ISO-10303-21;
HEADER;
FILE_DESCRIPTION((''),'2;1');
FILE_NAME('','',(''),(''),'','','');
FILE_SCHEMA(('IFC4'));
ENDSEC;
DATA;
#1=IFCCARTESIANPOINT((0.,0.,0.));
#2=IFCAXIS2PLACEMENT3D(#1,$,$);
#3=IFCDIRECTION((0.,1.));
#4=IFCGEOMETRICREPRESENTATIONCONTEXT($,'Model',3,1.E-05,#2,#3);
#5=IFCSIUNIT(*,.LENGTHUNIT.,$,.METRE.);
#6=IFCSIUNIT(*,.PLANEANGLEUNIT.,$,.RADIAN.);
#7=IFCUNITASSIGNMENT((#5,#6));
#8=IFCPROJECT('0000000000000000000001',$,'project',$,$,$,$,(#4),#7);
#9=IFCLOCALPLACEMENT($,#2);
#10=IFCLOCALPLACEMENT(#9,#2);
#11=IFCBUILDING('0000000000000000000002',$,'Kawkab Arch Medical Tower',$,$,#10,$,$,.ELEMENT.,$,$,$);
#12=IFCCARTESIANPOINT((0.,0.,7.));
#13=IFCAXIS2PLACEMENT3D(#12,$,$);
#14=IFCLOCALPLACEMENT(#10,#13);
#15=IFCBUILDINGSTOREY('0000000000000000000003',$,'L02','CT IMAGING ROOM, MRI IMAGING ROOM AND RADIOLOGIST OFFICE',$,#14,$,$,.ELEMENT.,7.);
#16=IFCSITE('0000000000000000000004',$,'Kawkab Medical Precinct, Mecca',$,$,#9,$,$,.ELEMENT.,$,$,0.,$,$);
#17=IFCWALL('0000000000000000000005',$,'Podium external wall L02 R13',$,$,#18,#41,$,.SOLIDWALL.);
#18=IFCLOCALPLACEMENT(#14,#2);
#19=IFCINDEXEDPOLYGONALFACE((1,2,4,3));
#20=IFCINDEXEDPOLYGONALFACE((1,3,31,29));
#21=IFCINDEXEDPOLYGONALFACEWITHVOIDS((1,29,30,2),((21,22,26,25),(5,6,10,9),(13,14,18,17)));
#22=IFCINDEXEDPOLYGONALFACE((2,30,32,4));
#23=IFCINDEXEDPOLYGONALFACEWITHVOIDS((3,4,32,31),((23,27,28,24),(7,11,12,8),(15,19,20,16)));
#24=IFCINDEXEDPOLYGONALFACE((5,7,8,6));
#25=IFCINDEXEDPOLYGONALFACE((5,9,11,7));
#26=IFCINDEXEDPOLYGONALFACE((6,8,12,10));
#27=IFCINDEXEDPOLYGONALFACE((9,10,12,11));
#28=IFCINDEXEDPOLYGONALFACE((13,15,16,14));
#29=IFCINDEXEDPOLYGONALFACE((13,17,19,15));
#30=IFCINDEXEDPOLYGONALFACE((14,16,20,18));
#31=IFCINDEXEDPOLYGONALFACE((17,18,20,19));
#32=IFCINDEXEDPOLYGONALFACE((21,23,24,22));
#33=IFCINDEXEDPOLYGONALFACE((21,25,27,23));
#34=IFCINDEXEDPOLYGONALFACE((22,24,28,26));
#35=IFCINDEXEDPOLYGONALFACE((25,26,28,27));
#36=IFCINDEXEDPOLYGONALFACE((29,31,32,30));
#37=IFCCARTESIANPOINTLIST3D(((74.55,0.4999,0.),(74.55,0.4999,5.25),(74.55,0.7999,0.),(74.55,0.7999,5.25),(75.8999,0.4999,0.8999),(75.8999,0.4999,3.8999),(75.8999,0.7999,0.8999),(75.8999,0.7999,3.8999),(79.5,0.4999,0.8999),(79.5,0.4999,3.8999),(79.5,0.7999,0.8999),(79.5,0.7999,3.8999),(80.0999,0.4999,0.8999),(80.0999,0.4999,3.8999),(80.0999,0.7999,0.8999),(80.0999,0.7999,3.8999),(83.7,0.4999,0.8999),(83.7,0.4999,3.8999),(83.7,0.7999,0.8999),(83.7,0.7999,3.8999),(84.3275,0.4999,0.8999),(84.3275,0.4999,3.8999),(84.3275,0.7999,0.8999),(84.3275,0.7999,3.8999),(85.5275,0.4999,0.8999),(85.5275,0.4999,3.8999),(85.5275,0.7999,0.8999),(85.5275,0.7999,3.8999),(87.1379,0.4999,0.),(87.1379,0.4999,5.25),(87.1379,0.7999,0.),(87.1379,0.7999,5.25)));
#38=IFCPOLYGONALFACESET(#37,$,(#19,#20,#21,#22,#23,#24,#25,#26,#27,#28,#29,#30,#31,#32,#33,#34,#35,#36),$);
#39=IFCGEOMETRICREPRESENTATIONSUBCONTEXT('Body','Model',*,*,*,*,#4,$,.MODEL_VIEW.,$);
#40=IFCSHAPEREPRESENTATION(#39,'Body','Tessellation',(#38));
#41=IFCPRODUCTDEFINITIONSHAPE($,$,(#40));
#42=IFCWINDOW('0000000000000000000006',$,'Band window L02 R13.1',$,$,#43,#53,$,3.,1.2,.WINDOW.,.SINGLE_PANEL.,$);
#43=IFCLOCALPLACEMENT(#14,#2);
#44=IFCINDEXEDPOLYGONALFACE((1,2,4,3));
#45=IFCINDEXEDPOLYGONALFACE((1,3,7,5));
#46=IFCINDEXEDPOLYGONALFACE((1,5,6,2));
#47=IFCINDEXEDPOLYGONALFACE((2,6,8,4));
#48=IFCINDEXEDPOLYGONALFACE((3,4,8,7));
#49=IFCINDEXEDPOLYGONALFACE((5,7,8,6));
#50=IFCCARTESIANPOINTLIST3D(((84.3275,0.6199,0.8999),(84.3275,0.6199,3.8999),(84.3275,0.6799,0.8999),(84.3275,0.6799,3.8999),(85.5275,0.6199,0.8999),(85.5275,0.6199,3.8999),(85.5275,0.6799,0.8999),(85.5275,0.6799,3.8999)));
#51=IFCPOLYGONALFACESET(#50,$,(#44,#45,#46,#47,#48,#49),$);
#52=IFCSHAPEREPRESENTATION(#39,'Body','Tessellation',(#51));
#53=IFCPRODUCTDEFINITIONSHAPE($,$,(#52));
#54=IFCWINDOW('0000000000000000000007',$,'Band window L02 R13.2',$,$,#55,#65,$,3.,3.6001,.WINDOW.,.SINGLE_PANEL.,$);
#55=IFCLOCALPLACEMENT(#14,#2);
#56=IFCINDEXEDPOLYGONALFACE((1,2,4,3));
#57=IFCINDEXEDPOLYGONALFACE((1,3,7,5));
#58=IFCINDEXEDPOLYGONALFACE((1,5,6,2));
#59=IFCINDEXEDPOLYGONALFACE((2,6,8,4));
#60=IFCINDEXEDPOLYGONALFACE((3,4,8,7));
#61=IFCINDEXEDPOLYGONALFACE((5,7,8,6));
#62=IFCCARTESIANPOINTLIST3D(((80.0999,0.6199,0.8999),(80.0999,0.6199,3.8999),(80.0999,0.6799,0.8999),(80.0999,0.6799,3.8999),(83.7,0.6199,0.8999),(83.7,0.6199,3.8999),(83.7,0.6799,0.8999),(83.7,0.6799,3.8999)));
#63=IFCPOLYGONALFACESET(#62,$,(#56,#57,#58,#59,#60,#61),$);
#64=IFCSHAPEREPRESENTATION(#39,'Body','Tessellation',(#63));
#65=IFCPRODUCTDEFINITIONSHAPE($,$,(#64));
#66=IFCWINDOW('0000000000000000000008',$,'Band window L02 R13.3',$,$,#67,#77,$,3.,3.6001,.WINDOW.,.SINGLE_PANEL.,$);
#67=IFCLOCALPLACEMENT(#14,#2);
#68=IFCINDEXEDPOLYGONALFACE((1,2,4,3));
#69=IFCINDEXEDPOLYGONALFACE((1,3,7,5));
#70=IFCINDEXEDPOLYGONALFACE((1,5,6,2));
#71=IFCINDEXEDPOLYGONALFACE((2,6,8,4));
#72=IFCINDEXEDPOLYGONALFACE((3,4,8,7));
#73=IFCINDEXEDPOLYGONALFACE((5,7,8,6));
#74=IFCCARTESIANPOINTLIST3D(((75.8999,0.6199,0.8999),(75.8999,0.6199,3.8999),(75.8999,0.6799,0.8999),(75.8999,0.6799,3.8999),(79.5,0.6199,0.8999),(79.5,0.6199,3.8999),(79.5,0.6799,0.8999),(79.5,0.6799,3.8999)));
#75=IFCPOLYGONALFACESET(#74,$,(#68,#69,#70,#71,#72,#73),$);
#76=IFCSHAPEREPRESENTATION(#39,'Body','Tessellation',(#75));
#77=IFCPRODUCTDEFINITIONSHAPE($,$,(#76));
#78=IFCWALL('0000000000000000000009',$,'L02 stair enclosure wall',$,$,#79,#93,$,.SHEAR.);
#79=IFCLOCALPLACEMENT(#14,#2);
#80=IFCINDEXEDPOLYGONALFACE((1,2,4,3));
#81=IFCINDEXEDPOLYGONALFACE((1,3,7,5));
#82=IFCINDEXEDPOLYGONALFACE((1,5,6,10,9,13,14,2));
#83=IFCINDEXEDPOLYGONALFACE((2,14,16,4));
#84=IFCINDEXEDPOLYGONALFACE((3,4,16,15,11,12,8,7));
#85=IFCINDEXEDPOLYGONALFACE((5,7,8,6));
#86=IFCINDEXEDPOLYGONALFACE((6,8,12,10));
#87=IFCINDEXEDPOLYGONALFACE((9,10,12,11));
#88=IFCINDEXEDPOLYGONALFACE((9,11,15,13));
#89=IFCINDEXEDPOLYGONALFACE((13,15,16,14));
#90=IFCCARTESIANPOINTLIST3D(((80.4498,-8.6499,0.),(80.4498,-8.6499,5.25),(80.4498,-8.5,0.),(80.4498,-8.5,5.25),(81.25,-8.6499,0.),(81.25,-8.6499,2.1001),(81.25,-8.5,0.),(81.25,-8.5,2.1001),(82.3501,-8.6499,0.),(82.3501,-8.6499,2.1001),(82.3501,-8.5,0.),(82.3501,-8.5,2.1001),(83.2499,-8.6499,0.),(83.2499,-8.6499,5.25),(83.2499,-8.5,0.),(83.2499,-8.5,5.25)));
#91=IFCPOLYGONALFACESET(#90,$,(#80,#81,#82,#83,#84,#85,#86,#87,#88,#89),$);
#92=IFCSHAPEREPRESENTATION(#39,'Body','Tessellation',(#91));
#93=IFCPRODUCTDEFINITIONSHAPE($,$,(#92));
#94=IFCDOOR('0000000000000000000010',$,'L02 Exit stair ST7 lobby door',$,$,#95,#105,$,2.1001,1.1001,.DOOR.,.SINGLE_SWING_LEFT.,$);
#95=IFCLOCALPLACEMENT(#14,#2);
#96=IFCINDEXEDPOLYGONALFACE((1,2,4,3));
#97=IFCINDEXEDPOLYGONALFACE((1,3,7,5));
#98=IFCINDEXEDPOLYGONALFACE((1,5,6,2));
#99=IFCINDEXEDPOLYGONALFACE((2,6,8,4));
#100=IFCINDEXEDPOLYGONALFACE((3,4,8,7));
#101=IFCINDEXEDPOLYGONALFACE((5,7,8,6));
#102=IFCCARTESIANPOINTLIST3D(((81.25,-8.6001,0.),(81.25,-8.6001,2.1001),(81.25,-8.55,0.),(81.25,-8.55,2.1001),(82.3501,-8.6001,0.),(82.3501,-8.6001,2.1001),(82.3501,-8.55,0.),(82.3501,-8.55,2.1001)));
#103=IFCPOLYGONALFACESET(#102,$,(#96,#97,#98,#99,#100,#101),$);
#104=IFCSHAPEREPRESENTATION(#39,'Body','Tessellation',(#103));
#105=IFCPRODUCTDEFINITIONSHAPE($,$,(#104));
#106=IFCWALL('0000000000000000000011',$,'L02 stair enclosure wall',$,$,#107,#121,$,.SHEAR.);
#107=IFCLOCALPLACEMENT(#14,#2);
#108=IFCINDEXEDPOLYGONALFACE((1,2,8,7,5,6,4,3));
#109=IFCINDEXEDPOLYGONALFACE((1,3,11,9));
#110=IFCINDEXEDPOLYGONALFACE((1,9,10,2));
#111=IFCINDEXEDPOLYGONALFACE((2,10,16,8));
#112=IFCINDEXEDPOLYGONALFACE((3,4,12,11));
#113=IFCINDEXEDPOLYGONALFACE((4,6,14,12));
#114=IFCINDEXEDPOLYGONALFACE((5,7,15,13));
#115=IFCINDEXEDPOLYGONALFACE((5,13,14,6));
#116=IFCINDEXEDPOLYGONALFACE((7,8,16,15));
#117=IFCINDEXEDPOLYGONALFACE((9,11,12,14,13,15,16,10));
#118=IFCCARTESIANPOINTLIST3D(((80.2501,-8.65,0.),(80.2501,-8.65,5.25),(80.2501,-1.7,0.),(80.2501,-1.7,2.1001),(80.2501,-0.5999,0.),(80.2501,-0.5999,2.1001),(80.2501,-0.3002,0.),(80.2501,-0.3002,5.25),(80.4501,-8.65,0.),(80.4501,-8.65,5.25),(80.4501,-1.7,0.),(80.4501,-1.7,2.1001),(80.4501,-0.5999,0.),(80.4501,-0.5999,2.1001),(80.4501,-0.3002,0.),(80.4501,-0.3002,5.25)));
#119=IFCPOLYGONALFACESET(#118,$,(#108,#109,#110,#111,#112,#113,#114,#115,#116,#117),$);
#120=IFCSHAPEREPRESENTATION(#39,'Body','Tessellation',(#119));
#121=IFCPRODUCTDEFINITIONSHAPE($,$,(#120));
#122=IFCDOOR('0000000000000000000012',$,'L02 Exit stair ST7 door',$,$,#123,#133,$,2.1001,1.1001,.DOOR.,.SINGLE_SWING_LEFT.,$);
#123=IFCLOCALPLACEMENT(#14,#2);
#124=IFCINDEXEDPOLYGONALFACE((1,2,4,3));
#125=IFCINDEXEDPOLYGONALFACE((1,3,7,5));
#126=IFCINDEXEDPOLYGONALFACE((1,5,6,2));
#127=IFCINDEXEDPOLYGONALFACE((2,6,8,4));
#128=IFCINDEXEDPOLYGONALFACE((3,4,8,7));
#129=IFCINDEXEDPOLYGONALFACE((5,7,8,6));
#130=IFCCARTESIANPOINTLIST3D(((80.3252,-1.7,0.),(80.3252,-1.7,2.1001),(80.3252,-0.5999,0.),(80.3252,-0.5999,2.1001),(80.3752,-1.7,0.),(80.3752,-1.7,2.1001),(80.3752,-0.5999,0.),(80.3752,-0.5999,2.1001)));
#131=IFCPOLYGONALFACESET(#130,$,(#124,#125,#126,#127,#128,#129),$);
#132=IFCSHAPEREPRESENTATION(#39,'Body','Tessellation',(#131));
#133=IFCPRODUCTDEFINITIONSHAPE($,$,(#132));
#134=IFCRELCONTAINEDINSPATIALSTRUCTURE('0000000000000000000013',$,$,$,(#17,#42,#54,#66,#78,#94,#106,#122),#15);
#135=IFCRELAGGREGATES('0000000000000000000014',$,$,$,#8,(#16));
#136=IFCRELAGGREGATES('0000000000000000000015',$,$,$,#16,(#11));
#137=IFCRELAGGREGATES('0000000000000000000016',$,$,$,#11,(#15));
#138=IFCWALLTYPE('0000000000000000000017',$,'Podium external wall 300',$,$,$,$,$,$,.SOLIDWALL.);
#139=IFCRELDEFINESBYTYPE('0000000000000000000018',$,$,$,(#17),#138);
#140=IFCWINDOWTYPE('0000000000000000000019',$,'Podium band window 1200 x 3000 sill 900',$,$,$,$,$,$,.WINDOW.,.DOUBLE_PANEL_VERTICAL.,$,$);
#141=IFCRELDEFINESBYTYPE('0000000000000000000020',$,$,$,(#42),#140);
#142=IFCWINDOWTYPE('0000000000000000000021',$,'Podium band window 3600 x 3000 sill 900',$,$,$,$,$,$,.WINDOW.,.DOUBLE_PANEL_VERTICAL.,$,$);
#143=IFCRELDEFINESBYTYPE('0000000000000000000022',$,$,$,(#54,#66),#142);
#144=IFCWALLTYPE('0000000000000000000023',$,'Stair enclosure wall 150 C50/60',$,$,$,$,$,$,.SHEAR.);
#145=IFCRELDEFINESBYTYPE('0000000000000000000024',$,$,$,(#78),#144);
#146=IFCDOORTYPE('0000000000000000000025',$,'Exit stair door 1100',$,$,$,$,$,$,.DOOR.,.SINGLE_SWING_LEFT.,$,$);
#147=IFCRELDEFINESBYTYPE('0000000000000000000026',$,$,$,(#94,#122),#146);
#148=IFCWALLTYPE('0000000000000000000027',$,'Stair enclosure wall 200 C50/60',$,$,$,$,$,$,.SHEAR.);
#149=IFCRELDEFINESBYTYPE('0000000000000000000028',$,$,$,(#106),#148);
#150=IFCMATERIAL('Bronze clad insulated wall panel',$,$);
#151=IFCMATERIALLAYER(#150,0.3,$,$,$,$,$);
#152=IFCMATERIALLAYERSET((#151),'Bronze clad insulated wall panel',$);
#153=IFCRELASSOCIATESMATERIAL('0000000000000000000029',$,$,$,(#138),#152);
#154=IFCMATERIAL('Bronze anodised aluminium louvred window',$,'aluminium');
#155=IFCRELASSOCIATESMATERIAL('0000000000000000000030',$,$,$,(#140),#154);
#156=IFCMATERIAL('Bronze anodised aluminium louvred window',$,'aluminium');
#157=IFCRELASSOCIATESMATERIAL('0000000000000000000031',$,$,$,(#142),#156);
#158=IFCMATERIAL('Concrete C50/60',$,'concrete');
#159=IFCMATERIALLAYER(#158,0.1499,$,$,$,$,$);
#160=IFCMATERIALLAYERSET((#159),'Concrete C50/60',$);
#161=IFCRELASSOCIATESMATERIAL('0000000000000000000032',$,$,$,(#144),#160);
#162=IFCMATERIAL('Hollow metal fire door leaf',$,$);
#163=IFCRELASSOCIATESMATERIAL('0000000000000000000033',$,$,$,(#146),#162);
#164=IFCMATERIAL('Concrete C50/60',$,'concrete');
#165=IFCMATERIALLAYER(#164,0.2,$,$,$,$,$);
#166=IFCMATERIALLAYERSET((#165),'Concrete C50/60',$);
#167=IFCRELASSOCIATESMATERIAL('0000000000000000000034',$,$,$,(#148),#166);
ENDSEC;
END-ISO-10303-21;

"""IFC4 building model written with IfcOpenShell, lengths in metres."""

from ifc_helpers import new_model, si_unit, direction, frame, frame_2d, origin, place, context, subcontext, project, spatial, rectangle, extrude, material, layer, layer_set, type_object, element, fill, save


model = new_model("IFC4")

# Units and contexts
model_context = context("Model", 3, precision=1e-05, world=origin(), true_north=direction((0.0, 1.0)))
body_context = subcontext(model_context, "Body", "Model", "MODEL_VIEW")
ifc_project = project(units=[si_unit("LENGTHUNIT", "METRE"), si_unit("PLANEANGLEUNIT", "RADIAN")], contexts=[model_context])

# Site, building, storey
site_placement = place(None, origin())
site = spatial("IfcSite", under=ifc_project, at=site_placement, Name="Kawkab Medical Precinct, Mecca", CompositionType="ELEMENT", RefElevation=0.0)
building_placement = place(site_placement, origin())
building = spatial("IfcBuilding", under=site, at=building_placement, Name="Kawkab Arch Medical Tower", CompositionType="ELEMENT")
storey_placement = place(building_placement, frame((0.0, 0.0, 7.0)))
storey = spatial("IfcBuildingStorey", under=building, at=storey_placement, Name="L02", Description="CT IMAGING ROOM, MRI IMAGING ROOM AND RADIOLOGIST OFFICE", CompositionType="ELEMENT", Elevation=7.0)

# Wall, openings, windows
ifc_material_1 = material(Name="Bronze clad insulated wall panel")
ifc_layer_1 = layer(ifc_material_1, 0.3)
ifc_layer_set_1 = layer_set([ifc_layer_1], Name="Bronze clad insulated wall panel")
wall_type_1 = type_object("IfcWallType", Name="Podium external wall 300", PredefinedType="SOLIDWALL", material=ifc_layer_set_1)
wall_1_placement = place(storey_placement, frame((87.1379, 0.6499, 0.0), z_axis=(0.0, 0.0, 1.0), x_axis=(-1.0, 0.0, 0.0)))
wall_1 = element("IfcWall", 1, at=wall_1_placement, inside=storey, type_object=wall_type_1, Name="Podium external wall L02 R13", PredefinedType="SOLIDWALL", context=body_context, shape_type="SweptSolid", body=[
    extrude(rectangle(XDim=12.5879, YDim=0.3, at=frame_2d((6.2939, 0.0))), origin(), (0.0, 0.0, 1.0), 5.25),
])
opening_1_placement = place(wall_1_placement, frame((1.6104, 0.0, 0.8999)))
opening_1 = element("IfcOpeningElement", 2, at=opening_1_placement, cuts=wall_1, PredefinedType="OPENING", context=body_context, shape_type="SweptSolid", body=[
    extrude(rectangle(XDim=1.2, YDim=3.0, at=frame_2d((0.6001, 1.5))), frame((0.0, 0.1599, 0.0), z_axis=(0.0, -1.0, 0.0), x_axis=(1.0, 0.0, 0.0)), (0.0, 0.0, 1.0), 0.3201),
])
opening_2_placement = place(wall_1_placement, frame((3.438, 0.0, 0.8999)))
opening_2 = element("IfcOpeningElement", 3, at=opening_2_placement, cuts=wall_1, PredefinedType="OPENING", context=body_context, shape_type="SweptSolid", body=[
    extrude(rectangle(XDim=3.6001, YDim=3.0, at=frame_2d((1.8, 1.5))), frame((0.0, 0.1599, 0.0), z_axis=(0.0, -1.0, 0.0), x_axis=(1.0, 0.0, 0.0)), (0.0, 0.0, 1.0), 0.3201),
])
opening_3_placement = place(wall_1_placement, frame((7.6379, 0.0, 0.8999)))
opening_3 = element("IfcOpeningElement", 4, at=opening_3_placement, cuts=wall_1, PredefinedType="OPENING", context=body_context, shape_type="SweptSolid", body=[
    extrude(rectangle(XDim=3.6001, YDim=3.0, at=frame_2d((1.8, 1.5))), frame((0.0, 0.1599, 0.0), z_axis=(0.0, -1.0, 0.0), x_axis=(1.0, 0.0, 0.0)), (0.0, 0.0, 1.0), 0.3201),
])
ifc_material_2 = material(Name="Bronze anodised aluminium louvred window", Category="aluminium")
window_type_1 = type_object("IfcWindowType", Name="Podium band window 1200 x 3000 sill 900", PartitioningType="DOUBLE_PANEL_VERTICAL", PredefinedType="WINDOW", material=ifc_material_2)
window_1_placement = place(opening_1_placement, origin())
window_1 = element("IfcWindow", 5, at=window_1_placement, inside=storey, type_object=window_type_1, Name="Band window L02 R13.1", OverallHeight=3.0, OverallWidth=1.2, PartitioningType="SINGLE_PANEL", PredefinedType="WINDOW", context=body_context, shape_type="SweptSolid", body=[
    extrude(rectangle(XDim=1.2, YDim=3.0, at=frame_2d((0.6001, 1.5))), frame((0.0, 0.03, 0.0), z_axis=(0.0, -1.0, 0.0), x_axis=(1.0, 0.0, 0.0)), (0.0, 0.0, 1.0), 0.0601),
])
fill(opening_1, window_1)
ifc_material_3 = material(Name="Bronze anodised aluminium louvred window", Category="aluminium")
window_type_2 = type_object("IfcWindowType", Name="Podium band window 3600 x 3000 sill 900", PartitioningType="DOUBLE_PANEL_VERTICAL", PredefinedType="WINDOW", material=ifc_material_3)
window_2_placement = place(opening_2_placement, origin())
window_2 = element("IfcWindow", 6, at=window_2_placement, inside=storey, type_object=window_type_2, Name="Band window L02 R13.2", OverallHeight=3.0, OverallWidth=3.6001, PartitioningType="SINGLE_PANEL", PredefinedType="WINDOW", context=body_context, shape_type="SweptSolid", body=[
    extrude(rectangle(XDim=3.6001, YDim=3.0, at=frame_2d((1.8, 1.5))), frame((0.0, 0.03, 0.0), z_axis=(0.0, -1.0, 0.0), x_axis=(1.0, 0.0, 0.0)), (0.0, 0.0, 1.0), 0.0601),
])
fill(opening_2, window_2)
window_3_placement = place(opening_3_placement, origin())
window_3 = element("IfcWindow", 7, at=window_3_placement, inside=storey, type_object=window_type_2, Name="Band window L02 R13.3", OverallHeight=3.0, OverallWidth=3.6001, PartitioningType="SINGLE_PANEL", PredefinedType="WINDOW", context=body_context, shape_type="SweptSolid", body=[
    extrude(rectangle(XDim=3.6001, YDim=3.0, at=frame_2d((1.8, 1.5))), frame((0.0, 0.03, 0.0), z_axis=(0.0, -1.0, 0.0), x_axis=(1.0, 0.0, 0.0)), (0.0, 0.0, 1.0), 0.0601),
])
fill(opening_3, window_3)

# Walls, openings, doors
ifc_material_4 = material(Name="Concrete C50/60", Category="concrete")
ifc_layer_2 = layer(ifc_material_4, 0.1499)
ifc_layer_set_2 = layer_set([ifc_layer_2], Name="Concrete C50/60")
wall_type_2 = type_object("IfcWallType", Name="Stair enclosure wall 150 C50/60", PredefinedType="SHEAR", material=ifc_layer_set_2)
wall_2_placement = place(storey_placement, frame((80.45, -8.575, 0.0), z_axis=(0.0, 0.0, 1.0), x_axis=(1.0, 0.0, 0.0)))
wall_2 = element("IfcWall", 8, at=wall_2_placement, inside=storey, type_object=wall_type_2, Name="L02 stair enclosure wall", PredefinedType="SHEAR", context=body_context, shape_type="SweptSolid", body=[
    extrude(rectangle(XDim=2.8, YDim=0.1499, at=frame_2d((1.3999, 0.0))), origin(), (0.0, 0.0, 1.0), 5.25),
])
opening_4_placement = place(wall_2_placement, frame((0.8, 0.0, 0.0)))
opening_4 = element("IfcOpeningElement", 9, at=opening_4_placement, cuts=wall_2, PredefinedType="OPENING", context=body_context, shape_type="SweptSolid", body=[
    extrude(rectangle(XDim=1.1001, YDim=2.1001, at=frame_2d((0.55, 1.05))), frame((0.0, 0.085, 0.0), z_axis=(0.0, -1.0, 0.0), x_axis=(1.0, 0.0, 0.0)), (0.0, 0.0, 1.0), 0.1699),
])
ifc_material_5 = material(Name="Hollow metal fire door leaf")
door_type_1 = type_object("IfcDoorType", Name="Exit stair door 1100", OperationType="SINGLE_SWING_LEFT", PredefinedType="DOOR", material=ifc_material_5)
door_1_placement = place(opening_4_placement, origin())
door_1 = element("IfcDoor", 10, at=door_1_placement, inside=storey, type_object=door_type_1, Name="L02 Exit stair ST7 lobby door", OperationType="SINGLE_SWING_LEFT", OverallHeight=2.1001, OverallWidth=1.1001, PredefinedType="DOOR", context=body_context, shape_type="SweptSolid", body=[
    extrude(rectangle(XDim=1.1001, YDim=2.1001, at=frame_2d((0.55, 1.05))), frame((0.0, 0.0249, 0.0), z_axis=(0.0, -1.0, 0.0), x_axis=(1.0, 0.0, 0.0)), (0.0, 0.0, 1.0), 0.05),
])
fill(opening_4, door_1)
ifc_material_6 = material(Name="Concrete C50/60", Category="concrete")
ifc_layer_3 = layer(ifc_material_6, 0.2)
ifc_layer_set_3 = layer_set([ifc_layer_3], Name="Concrete C50/60")
wall_type_3 = type_object("IfcWallType", Name="Stair enclosure wall 200 C50/60", PredefinedType="SHEAR", material=ifc_layer_set_3)
wall_3_placement = place(storey_placement, frame((80.3501, -8.6499, 0.0), z_axis=(0.0, 0.0, 1.0), x_axis=(0.0, 1.0, 0.0)))
wall_3 = element("IfcWall", 11, at=wall_3_placement, inside=storey, type_object=wall_type_3, Name="L02 stair enclosure wall", PredefinedType="SHEAR", context=body_context, shape_type="SweptSolid", body=[
    extrude(rectangle(XDim=8.3499, YDim=0.2, at=frame_2d((4.1748, 0.0))), origin(), (0.0, 0.0, 1.0), 5.25),
])
opening_5_placement = place(wall_3_placement, frame((6.95, 0.0, 0.0)))
opening_5 = element("IfcOpeningElement", 12, at=opening_5_placement, cuts=wall_3, PredefinedType="OPENING", context=body_context, shape_type="SweptSolid", body=[
    extrude(rectangle(XDim=1.1001, YDim=2.1001, at=frame_2d((0.55, 1.05))), frame((0.0, 0.1099, 0.0), z_axis=(0.0, -1.0, 0.0), x_axis=(1.0, 0.0, 0.0)), (0.0, 0.0, 1.0), 0.22),
])
door_2_placement = place(opening_5_placement, origin())
door_2 = element("IfcDoor", 13, at=door_2_placement, inside=storey, type_object=door_type_1, Name="L02 Exit stair ST7 door", OperationType="SINGLE_SWING_LEFT", OverallHeight=2.1001, OverallWidth=1.1001, PredefinedType="DOOR", context=body_context, shape_type="SweptSolid", body=[
    extrude(rectangle(XDim=1.1001, YDim=2.1001, at=frame_2d((0.55, 1.05))), frame((0.0, 0.0249, 0.0), z_axis=(0.0, -1.0, 0.0), x_axis=(1.0, 0.0, 0.0)), (0.0, 0.0, 1.0), 0.05),
])
fill(opening_5, door_2)

save(model, "model.ifc")
